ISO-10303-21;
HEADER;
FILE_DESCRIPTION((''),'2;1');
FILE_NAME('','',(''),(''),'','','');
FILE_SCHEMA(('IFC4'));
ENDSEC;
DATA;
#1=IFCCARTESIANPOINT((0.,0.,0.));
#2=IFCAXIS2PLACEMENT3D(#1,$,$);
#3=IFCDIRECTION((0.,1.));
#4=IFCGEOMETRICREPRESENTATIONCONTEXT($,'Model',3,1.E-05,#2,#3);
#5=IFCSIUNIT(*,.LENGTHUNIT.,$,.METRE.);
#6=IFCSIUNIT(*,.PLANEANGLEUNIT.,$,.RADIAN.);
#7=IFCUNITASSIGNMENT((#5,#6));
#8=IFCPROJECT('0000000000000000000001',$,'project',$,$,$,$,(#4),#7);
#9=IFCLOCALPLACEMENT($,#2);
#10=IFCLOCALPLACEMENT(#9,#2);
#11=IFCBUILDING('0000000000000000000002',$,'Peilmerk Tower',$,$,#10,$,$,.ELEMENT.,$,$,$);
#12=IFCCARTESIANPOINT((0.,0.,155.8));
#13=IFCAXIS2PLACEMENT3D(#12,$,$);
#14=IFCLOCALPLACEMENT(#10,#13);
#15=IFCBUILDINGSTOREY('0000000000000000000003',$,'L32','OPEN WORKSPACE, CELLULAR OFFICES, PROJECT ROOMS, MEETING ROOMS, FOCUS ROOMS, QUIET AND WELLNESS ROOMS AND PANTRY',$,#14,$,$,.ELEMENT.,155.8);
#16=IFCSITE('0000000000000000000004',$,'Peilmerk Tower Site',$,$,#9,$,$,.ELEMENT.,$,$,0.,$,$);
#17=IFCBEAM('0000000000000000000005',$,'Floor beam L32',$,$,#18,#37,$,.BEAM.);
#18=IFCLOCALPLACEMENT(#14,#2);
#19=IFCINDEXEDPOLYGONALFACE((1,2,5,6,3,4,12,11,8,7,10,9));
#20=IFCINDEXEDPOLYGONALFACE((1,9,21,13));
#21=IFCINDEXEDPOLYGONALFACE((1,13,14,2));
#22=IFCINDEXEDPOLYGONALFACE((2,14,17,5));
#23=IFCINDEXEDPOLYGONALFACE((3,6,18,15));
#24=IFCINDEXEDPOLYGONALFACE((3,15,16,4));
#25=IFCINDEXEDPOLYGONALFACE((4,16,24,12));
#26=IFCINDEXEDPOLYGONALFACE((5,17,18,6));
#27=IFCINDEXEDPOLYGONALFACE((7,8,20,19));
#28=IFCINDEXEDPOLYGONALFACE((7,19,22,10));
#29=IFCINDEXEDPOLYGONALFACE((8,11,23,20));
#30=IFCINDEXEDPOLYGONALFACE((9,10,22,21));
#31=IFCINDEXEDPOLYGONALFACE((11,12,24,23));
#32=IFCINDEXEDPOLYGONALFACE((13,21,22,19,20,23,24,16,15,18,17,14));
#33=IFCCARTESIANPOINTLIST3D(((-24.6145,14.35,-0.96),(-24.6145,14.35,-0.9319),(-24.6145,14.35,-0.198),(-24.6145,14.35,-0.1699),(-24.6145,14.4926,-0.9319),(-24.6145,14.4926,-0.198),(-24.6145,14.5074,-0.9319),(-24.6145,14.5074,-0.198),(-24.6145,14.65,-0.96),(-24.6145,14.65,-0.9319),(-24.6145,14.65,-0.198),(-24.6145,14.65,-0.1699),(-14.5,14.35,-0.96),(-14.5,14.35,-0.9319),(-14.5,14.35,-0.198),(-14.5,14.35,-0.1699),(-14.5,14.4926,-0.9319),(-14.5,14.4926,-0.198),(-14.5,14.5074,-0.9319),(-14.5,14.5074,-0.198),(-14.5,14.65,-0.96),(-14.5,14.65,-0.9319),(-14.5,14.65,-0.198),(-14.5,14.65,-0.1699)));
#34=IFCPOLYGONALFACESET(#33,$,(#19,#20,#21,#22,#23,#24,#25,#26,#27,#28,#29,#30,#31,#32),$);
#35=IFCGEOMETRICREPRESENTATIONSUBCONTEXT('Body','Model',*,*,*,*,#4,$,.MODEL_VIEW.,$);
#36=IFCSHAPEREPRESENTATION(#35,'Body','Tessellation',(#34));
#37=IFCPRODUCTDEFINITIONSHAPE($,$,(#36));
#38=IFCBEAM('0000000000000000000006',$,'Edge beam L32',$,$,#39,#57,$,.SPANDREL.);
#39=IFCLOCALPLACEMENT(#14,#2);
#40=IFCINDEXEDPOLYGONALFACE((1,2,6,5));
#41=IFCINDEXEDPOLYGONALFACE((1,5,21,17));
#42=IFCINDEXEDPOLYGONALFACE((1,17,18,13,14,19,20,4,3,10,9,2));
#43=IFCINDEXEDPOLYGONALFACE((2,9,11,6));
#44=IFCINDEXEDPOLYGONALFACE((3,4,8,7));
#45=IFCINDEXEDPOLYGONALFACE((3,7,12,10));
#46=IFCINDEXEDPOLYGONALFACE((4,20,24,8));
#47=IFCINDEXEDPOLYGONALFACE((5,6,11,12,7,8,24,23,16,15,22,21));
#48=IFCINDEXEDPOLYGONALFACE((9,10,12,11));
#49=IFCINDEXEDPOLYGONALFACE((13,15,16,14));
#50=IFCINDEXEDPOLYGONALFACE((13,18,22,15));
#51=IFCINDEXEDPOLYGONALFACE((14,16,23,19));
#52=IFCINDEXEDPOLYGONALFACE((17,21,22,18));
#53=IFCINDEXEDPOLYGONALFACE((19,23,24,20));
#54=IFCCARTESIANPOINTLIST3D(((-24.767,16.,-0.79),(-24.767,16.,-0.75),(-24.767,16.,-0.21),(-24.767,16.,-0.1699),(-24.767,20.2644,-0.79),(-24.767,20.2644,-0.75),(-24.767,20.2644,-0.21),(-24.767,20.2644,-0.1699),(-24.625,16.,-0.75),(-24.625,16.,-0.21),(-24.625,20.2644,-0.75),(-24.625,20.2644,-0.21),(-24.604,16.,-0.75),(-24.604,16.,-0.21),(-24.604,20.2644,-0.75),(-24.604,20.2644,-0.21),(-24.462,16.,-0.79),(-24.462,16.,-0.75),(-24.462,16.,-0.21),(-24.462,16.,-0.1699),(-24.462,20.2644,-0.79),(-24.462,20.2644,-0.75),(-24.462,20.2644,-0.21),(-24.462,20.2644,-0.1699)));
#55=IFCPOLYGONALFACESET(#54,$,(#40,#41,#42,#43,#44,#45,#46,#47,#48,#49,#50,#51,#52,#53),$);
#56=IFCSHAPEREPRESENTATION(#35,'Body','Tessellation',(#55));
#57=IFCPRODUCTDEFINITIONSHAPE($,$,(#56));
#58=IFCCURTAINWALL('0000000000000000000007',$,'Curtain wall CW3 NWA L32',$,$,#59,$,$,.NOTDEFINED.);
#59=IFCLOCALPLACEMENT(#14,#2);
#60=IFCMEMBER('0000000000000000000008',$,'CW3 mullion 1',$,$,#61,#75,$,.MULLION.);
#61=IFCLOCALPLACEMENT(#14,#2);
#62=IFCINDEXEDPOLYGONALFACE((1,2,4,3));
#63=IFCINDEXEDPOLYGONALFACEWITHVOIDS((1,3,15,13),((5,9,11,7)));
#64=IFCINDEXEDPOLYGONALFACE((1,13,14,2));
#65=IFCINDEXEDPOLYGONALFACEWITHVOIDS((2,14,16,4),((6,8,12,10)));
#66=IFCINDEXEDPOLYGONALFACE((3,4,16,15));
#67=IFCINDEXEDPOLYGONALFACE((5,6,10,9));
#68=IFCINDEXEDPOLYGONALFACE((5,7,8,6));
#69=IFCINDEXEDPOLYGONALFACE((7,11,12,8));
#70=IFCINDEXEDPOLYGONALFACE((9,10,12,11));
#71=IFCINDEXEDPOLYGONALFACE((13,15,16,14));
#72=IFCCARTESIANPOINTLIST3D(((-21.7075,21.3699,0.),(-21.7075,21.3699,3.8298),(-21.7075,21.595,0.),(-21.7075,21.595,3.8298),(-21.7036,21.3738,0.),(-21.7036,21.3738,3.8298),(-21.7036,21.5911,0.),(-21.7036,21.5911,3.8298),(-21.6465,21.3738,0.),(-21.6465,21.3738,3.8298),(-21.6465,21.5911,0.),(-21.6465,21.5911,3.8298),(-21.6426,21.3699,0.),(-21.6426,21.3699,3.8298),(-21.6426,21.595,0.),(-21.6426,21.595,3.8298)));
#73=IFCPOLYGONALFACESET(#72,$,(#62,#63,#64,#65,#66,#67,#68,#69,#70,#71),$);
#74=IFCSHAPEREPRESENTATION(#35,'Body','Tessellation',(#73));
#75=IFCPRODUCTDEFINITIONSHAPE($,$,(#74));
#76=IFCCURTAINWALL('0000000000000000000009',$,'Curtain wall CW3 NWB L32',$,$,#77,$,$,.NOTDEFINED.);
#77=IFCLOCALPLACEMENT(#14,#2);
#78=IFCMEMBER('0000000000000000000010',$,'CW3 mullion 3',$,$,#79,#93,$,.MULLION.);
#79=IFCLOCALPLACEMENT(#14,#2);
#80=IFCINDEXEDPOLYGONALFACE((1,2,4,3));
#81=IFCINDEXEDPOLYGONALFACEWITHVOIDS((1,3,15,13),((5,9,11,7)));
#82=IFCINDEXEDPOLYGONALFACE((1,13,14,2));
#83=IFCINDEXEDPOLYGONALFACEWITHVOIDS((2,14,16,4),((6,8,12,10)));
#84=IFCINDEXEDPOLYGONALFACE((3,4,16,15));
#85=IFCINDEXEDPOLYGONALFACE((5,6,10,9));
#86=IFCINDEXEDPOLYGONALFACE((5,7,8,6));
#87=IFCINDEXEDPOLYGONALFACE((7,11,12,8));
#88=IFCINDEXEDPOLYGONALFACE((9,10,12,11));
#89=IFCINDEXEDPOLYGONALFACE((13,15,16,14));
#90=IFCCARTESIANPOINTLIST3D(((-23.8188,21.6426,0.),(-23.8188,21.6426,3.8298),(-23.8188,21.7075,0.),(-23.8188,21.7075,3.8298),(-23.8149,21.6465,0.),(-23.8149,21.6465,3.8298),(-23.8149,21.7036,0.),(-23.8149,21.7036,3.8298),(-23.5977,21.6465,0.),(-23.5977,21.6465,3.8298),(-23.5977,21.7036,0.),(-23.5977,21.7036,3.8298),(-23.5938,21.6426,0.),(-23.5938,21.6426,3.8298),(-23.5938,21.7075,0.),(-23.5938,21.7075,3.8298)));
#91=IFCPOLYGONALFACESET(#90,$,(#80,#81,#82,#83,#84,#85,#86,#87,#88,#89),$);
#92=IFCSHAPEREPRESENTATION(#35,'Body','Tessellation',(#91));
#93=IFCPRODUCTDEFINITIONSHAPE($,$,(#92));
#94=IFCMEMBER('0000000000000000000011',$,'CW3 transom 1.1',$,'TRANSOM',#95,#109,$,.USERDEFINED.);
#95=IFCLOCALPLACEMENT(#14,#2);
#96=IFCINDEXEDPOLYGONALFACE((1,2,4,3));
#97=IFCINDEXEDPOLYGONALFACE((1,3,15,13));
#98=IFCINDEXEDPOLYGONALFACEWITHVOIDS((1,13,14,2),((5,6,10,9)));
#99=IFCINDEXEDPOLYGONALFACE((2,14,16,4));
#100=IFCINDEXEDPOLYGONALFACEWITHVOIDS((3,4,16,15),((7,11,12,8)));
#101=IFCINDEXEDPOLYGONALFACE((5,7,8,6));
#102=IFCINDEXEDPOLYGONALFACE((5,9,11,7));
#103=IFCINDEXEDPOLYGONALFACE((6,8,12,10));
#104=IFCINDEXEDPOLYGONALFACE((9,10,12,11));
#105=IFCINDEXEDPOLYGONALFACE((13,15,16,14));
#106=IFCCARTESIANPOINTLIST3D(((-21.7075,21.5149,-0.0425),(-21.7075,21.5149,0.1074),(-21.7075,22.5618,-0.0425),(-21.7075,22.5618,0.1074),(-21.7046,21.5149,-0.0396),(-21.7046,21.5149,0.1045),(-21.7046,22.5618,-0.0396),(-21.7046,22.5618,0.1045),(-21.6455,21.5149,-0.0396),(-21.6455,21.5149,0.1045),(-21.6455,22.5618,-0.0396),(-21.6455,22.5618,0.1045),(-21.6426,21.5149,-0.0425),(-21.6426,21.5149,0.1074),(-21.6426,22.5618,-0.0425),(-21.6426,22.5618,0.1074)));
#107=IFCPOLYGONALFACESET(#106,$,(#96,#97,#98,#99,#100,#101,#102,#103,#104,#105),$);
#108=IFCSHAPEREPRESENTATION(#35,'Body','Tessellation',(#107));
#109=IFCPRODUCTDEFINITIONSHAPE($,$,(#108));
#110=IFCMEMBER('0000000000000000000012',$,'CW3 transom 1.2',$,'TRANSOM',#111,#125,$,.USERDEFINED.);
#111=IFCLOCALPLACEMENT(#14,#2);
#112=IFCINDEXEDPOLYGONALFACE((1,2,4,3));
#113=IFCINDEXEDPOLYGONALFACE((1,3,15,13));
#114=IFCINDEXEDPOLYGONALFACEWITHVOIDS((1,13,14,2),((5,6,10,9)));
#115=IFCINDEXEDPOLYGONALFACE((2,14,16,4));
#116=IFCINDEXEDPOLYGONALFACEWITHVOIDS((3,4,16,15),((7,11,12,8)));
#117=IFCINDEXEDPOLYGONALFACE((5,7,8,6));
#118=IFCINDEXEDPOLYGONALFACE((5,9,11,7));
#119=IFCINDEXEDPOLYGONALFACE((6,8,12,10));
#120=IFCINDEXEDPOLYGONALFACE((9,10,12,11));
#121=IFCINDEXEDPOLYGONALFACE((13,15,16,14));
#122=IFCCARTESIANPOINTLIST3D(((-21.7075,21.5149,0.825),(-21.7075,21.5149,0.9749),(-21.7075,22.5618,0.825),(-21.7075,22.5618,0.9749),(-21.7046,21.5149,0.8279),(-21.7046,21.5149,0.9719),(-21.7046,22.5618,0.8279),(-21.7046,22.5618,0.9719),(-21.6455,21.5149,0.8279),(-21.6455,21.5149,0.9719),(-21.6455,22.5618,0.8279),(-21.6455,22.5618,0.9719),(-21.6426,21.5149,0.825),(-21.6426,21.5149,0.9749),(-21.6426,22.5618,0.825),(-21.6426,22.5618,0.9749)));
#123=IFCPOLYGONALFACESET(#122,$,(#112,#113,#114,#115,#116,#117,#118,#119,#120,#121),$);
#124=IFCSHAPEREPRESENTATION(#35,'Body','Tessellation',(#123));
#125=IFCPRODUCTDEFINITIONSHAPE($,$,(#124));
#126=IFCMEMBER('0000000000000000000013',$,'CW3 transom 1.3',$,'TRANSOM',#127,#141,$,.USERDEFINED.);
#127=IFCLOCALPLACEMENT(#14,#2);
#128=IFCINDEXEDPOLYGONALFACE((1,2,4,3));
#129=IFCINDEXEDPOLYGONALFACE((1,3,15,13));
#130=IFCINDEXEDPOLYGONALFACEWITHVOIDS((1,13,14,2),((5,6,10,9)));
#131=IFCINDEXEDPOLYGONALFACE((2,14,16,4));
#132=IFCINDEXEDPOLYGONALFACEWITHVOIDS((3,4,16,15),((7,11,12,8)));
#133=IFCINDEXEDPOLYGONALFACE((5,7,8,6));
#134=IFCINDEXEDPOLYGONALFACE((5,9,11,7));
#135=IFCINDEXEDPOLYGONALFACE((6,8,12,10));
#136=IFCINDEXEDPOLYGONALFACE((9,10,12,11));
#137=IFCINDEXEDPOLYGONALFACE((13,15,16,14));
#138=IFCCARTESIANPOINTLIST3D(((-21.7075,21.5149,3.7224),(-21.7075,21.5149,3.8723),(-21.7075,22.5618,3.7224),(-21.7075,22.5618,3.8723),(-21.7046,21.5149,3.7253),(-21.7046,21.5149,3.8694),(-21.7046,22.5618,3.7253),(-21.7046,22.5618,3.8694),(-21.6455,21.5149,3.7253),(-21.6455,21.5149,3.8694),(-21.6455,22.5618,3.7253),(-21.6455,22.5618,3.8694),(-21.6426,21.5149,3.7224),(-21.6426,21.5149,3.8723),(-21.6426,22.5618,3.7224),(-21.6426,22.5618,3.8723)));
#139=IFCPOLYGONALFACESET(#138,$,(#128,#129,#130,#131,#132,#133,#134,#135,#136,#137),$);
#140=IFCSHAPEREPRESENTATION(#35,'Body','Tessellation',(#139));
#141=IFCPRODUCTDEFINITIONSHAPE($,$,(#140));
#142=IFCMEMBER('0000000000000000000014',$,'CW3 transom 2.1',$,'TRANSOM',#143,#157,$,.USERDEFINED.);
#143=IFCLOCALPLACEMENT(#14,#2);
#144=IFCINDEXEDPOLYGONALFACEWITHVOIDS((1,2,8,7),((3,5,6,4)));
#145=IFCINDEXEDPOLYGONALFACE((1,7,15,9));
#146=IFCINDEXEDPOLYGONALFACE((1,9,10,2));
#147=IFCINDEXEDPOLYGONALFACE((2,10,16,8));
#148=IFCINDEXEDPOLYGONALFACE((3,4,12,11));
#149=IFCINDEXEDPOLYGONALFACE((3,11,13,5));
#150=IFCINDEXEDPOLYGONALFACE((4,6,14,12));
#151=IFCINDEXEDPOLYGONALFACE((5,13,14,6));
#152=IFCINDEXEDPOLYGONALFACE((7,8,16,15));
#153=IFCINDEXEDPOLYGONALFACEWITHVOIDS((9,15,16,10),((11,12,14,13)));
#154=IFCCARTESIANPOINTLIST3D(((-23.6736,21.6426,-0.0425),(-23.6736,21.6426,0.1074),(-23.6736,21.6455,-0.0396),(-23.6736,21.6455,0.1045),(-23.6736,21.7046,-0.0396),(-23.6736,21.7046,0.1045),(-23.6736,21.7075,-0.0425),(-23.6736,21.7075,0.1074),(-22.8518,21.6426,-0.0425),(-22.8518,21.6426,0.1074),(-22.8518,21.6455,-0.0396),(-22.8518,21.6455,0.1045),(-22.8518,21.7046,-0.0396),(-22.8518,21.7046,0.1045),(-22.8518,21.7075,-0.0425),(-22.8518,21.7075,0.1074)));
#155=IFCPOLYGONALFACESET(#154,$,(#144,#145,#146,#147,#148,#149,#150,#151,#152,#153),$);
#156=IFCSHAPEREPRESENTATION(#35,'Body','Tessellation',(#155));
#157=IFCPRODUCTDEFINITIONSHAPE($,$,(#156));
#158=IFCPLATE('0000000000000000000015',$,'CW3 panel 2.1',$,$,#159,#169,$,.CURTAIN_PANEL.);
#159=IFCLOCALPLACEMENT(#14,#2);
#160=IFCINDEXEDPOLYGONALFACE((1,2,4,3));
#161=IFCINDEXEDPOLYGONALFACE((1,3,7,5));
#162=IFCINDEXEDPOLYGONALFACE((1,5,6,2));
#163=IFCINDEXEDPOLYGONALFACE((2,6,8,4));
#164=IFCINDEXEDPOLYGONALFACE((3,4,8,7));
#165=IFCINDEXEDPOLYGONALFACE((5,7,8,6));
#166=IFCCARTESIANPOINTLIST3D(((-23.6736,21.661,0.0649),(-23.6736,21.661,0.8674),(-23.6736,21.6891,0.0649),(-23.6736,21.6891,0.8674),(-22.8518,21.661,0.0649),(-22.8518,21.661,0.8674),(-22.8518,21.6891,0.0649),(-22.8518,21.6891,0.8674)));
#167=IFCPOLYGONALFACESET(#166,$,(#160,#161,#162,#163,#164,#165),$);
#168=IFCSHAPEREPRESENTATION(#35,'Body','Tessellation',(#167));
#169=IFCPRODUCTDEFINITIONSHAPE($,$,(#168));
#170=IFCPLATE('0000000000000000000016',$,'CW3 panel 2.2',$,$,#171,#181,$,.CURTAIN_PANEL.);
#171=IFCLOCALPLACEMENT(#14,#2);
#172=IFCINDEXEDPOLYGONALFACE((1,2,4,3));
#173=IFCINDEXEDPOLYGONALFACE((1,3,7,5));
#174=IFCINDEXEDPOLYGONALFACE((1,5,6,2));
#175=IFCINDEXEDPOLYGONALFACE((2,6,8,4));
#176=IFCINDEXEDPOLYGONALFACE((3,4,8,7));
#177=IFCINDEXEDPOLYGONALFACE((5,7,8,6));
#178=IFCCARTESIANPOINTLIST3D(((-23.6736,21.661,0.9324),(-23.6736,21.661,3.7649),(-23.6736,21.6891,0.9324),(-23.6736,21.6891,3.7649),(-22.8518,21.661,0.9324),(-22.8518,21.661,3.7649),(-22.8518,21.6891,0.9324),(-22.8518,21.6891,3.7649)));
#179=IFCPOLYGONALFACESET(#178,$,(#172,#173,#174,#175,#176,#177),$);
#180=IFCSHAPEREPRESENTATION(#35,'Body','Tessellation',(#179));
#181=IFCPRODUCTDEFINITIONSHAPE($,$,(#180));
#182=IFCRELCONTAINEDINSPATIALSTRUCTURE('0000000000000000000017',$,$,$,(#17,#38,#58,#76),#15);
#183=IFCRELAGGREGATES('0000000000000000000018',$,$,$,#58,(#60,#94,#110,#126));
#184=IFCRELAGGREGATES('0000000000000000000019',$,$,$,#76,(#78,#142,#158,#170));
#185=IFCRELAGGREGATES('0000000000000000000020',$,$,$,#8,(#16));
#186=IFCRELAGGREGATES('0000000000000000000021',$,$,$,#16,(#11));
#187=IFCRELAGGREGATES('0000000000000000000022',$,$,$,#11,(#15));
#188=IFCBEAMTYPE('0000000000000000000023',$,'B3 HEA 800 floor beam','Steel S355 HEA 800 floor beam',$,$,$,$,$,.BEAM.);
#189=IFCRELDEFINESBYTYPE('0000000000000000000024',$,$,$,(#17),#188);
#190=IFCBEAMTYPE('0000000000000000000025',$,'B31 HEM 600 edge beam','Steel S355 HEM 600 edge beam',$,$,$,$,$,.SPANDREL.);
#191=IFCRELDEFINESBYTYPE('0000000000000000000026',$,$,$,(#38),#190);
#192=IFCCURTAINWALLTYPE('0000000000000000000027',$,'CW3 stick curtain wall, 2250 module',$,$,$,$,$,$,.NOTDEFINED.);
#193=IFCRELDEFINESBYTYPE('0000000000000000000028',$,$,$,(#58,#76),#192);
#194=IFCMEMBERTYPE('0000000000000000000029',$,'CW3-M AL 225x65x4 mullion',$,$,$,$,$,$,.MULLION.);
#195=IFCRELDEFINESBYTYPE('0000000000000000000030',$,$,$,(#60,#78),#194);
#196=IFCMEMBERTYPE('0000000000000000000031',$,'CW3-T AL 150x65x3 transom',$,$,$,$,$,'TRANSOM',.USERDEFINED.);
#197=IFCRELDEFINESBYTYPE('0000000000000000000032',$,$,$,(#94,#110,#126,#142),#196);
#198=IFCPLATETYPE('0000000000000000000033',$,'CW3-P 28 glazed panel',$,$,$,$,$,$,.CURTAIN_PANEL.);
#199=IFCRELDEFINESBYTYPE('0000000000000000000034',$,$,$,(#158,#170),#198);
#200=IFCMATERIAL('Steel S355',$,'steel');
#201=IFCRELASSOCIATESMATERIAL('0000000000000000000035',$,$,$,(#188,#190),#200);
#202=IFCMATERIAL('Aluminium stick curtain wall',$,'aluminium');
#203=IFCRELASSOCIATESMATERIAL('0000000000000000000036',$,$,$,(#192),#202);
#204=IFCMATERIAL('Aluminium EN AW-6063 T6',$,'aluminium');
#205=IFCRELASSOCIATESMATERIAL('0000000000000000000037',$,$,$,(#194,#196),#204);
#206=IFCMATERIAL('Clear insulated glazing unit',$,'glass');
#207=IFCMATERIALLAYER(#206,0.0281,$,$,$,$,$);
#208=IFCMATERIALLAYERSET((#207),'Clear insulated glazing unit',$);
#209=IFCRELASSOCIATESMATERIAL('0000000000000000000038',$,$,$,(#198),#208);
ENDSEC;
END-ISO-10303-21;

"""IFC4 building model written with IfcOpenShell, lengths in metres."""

from ifc_helpers import new_model, si_unit, direction, frame, origin, origin_2d, place, context, subcontext, project, spatial, rectangle, hollow_rectangle, i_section, extrude, material, layer, layer_set, material_profile, profile_set, type_object, element, aggregate, save


model = new_model("IFC4")

# Units and contexts
model_context = context("Model", 3, precision=1e-05, world=origin(), true_north=direction((0.0, 1.0)))
body_context = subcontext(model_context, "Body", "Model", "MODEL_VIEW")
ifc_project = project(units=[si_unit("LENGTHUNIT", "METRE"), si_unit("PLANEANGLEUNIT", "RADIAN")], contexts=[model_context])

# Site, building, storey
site_placement = place(None, origin())
site = spatial("IfcSite", under=ifc_project, at=site_placement, Name="Peilmerk Tower Site", CompositionType="ELEMENT", RefElevation=0.0)
building_placement = place(site_placement, origin())
building = spatial("IfcBuilding", under=site, at=building_placement, Name="Peilmerk Tower", CompositionType="ELEMENT")
storey_placement = place(building_placement, frame((0.0, 0.0, 155.8)))
storey = spatial("IfcBuildingStorey", under=building, at=storey_placement, Name="L32", Description="OPEN WORKSPACE, CELLULAR OFFICES, PROJECT ROOMS, MEETING ROOMS, FOCUS ROOMS, QUIET AND WELLNESS ROOMS AND PANTRY", CompositionType="ELEMENT", Elevation=155.8)

# Beams
ifc_material_1 = material(Name="Steel S355", Category="steel")
ifc_material_profile_1 = material_profile(ifc_material_1, i_section(OverallWidth=0.3, OverallDepth=0.79, WebThickness=0.0149, FlangeThickness=0.0281, at=origin_2d()), Name="HEA 800")
ifc_profile_set_1 = profile_set([ifc_material_profile_1], Name="Steel S355")
beam_type_1 = type_object("IfcBeamType", Name="B3 HEA 800 floor beam", Description="Steel S355 HEA 800 floor beam", PredefinedType="BEAM", material=ifc_profile_set_1)
for number, where, z_axis, x_axis, name in (
    (1, (-14.5, 14.5, -0.5649), (-1.0, 0.0, 0.0), (0.0, -1.0, 0.0), "Floor beam L32"),
):
    element("IfcBeam", number, at=place(storey_placement, frame(where, z_axis=z_axis, x_axis=x_axis)), inside=storey, type_object=beam_type_1, Name=name, PredefinedType="BEAM", context=body_context, shape_type="SweptSolid", body=[
        extrude(i_section(OverallWidth=0.3, OverallDepth=0.79, WebThickness=0.0149, FlangeThickness=0.0281, at=origin_2d()), origin(), (0.0, 0.0, 1.0), 10.1145),
    ])
ifc_material_profile_2 = material_profile(ifc_material_1, i_section(OverallWidth=0.3049, OverallDepth=0.6201, WebThickness=0.021, FlangeThickness=0.04, at=origin_2d()), Name="HEM 600")
ifc_profile_set_2 = profile_set([ifc_material_profile_2], Name="Steel S355")
beam_type_2 = type_object("IfcBeamType", Name="B31 HEM 600 edge beam", Description="Steel S355 HEM 600 edge beam", PredefinedType="SPANDREL", material=ifc_profile_set_2)
beam_1_placement = place(storey_placement, frame((-24.6145, 20.2644, -0.48), z_axis=(0.0, -1.0, 0.0), x_axis=(1.0, 0.0, 0.0)))
element("IfcBeam", 2, at=beam_1_placement, inside=storey, type_object=beam_type_2, Name="Edge beam L32", PredefinedType="SPANDREL", context=body_context, shape_type="SweptSolid", body=[
    extrude(i_section(OverallWidth=0.3049, OverallDepth=0.6201, WebThickness=0.021, FlangeThickness=0.04, at=origin_2d()), origin(), (0.0, 0.0, 1.0), 4.2644),
])

# Curtain walls, members
ifc_material_2 = material(Name="Aluminium stick curtain wall", Category="aluminium")
curtain_wall_type = type_object("IfcCurtainWallType", Name="CW3 stick curtain wall, 2250 module", PredefinedType="NOTDEFINED", material=ifc_material_2)
curtain_wall_1_placement = place(storey_placement, origin())
curtain_wall_1 = element("IfcCurtainWall", 3, at=curtain_wall_1_placement, inside=storey, type_object=curtain_wall_type, Name="Curtain wall CW3 NWA L32", PredefinedType="NOTDEFINED")
ifc_material_3 = material(Name="Aluminium EN AW-6063 T6", Category="aluminium")
ifc_material_profile_3 = material_profile(ifc_material_3, hollow_rectangle(XDim=0.0649, YDim=0.2251, WallThickness=0.0039, at=origin_2d()), Name="AL 225x65x4")
ifc_profile_set_3 = profile_set([ifc_material_profile_3], Name="Aluminium EN AW-6063 T6")
member_type_1 = type_object("IfcMemberType", Name="CW3-M AL 225x65x4 mullion", PredefinedType="MULLION", material=ifc_profile_set_3)
member_1_placement = place(storey_placement, frame((-21.675, 21.4824, 0.0), z_axis=(0.0, 0.0, 1.0), x_axis=(-1.0, 0.0, 0.0)))
member_1 = element("IfcMember", 4, at=member_1_placement, type_object=member_type_1, Name="CW3 mullion 1", PredefinedType="MULLION", context=body_context, shape_type="SweptSolid", body=[
    extrude(hollow_rectangle(XDim=0.0649, YDim=0.2251, WallThickness=0.0039, at=origin_2d()), origin(), (0.0, 0.0, 1.0), 3.8298),
])
curtain_wall_2_placement = place(storey_placement, origin())
curtain_wall_2 = element("IfcCurtainWall", 5, at=curtain_wall_2_placement, inside=storey, type_object=curtain_wall_type, Name="Curtain wall CW3 NWB L32", PredefinedType="NOTDEFINED")
member_2_placement = place(storey_placement, frame((-23.7063, 21.675, 0.0), z_axis=(0.0, 0.0, 1.0), x_axis=(0.0, -1.0, 0.0)))
member_2 = element("IfcMember", 6, at=member_2_placement, type_object=member_type_1, Name="CW3 mullion 3", PredefinedType="MULLION", context=body_context, shape_type="SweptSolid", body=[
    extrude(hollow_rectangle(XDim=0.0649, YDim=0.2251, WallThickness=0.0039, at=origin_2d()), origin(), (0.0, 0.0, 1.0), 3.8298),
])

# Members
ifc_material_profile_4 = material_profile(ifc_material_3, hollow_rectangle(XDim=0.0649, YDim=0.1499, WallThickness=0.0029, at=origin_2d()), Name="AL 150x65x3")
ifc_profile_set_4 = profile_set([ifc_material_profile_4], Name="Aluminium EN AW-6063 T6")
member_type_2 = type_object("IfcMemberType", Name="CW3-T AL 150x65x3 transom", ElementType="TRANSOM", PredefinedType="USERDEFINED", material=ifc_profile_set_4)
member_3_placement = place(storey_placement, frame((-21.675, 21.5149, 0.0325), z_axis=(0.0, 1.0, 0.0), x_axis=(-1.0, 0.0, 0.0)))
member_3 = element("IfcMember", 7, at=member_3_placement, type_object=member_type_2, Name="CW3 transom 1.1", ObjectType="TRANSOM", PredefinedType="USERDEFINED", context=body_context, shape_type="SweptSolid", body=[
    extrude(hollow_rectangle(XDim=0.0649, YDim=0.1499, WallThickness=0.0029, at=origin_2d()), origin(), (0.0, 0.0, 1.0), 1.0469),
])
member_4_placement = place(storey_placement, frame((-21.675, 21.5149, 0.8999), z_axis=(0.0, 1.0, 0.0), x_axis=(-1.0, 0.0, 0.0)))
member_4 = element("IfcMember", 8, at=member_4_placement, type_object=member_type_2, Name="CW3 transom 1.2", ObjectType="TRANSOM", PredefinedType="USERDEFINED", context=body_context, shape_type="SweptSolid", body=[
    extrude(hollow_rectangle(XDim=0.0649, YDim=0.1499, WallThickness=0.0029, at=origin_2d()), origin(), (0.0, 0.0, 1.0), 1.0469),
])
member_5_placement = place(storey_placement, frame((-21.675, 21.5149, 3.7974), z_axis=(0.0, 1.0, 0.0), x_axis=(-1.0, 0.0, 0.0)))
member_5 = element("IfcMember", 9, at=member_5_placement, type_object=member_type_2, Name="CW3 transom 1.3", ObjectType="TRANSOM", PredefinedType="USERDEFINED", context=body_context, shape_type="SweptSolid", body=[
    extrude(hollow_rectangle(XDim=0.0649, YDim=0.1499, WallThickness=0.0029, at=origin_2d()), origin(), (0.0, 0.0, 1.0), 1.0469),
])
aggregate(curtain_wall_1, [member_1, member_3, member_4, member_5])
member_6_placement = place(storey_placement, frame((-22.8518, 21.675, 0.0325), z_axis=(-1.0, 0.0, 0.0), x_axis=(0.0, -1.0, 0.0)))
member_6 = element("IfcMember", 10, at=member_6_placement, type_object=member_type_2, Name="CW3 transom 2.1", ObjectType="TRANSOM", PredefinedType="USERDEFINED", context=body_context, shape_type="SweptSolid", body=[
    extrude(hollow_rectangle(XDim=0.0649, YDim=0.1499, WallThickness=0.0029, at=origin_2d()), origin(), (0.0, 0.0, 1.0), 0.8218),
])

# Plates
ifc_material_4 = material(Name="Clear insulated glazing unit", Category="glass")
ifc_layer_1 = layer(ifc_material_4, 0.0281)
ifc_layer_set_1 = layer_set([ifc_layer_1], Name="Clear insulated glazing unit")
plate_type = type_object("IfcPlateType", Name="CW3-P 28 glazed panel", PredefinedType="CURTAIN_PANEL", material=ifc_layer_set_1)
plate_1_placement = place(storey_placement, frame((-23.2627, 21.675, 0.0649), z_axis=(0.0, 0.0, 1.0), x_axis=(-1.0, 0.0, 0.0)))
plate_1 = element("IfcPlate", 11, at=plate_1_placement, type_object=plate_type, Name="CW3 panel 2.1", PredefinedType="CURTAIN_PANEL", context=body_context, shape_type="SweptSolid", body=[
    extrude(rectangle(XDim=0.8218, YDim=0.0281, at=origin_2d()), origin(), (0.0, 0.0, 1.0), 0.8025),
])
plate_2_placement = place(storey_placement, frame((-23.2627, 21.675, 0.9324), z_axis=(0.0, 0.0, 1.0), x_axis=(-1.0, 0.0, 0.0)))
plate_2 = element("IfcPlate", 12, at=plate_2_placement, type_object=plate_type, Name="CW3 panel 2.2", PredefinedType="CURTAIN_PANEL", context=body_context, shape_type="SweptSolid", body=[
    extrude(rectangle(XDim=0.8218, YDim=0.0281, at=origin_2d()), origin(), (0.0, 0.0, 1.0), 2.8325),
])
aggregate(curtain_wall_2, [member_2, member_6, plate_1, plate_2])

save(model, "model.ifc")
